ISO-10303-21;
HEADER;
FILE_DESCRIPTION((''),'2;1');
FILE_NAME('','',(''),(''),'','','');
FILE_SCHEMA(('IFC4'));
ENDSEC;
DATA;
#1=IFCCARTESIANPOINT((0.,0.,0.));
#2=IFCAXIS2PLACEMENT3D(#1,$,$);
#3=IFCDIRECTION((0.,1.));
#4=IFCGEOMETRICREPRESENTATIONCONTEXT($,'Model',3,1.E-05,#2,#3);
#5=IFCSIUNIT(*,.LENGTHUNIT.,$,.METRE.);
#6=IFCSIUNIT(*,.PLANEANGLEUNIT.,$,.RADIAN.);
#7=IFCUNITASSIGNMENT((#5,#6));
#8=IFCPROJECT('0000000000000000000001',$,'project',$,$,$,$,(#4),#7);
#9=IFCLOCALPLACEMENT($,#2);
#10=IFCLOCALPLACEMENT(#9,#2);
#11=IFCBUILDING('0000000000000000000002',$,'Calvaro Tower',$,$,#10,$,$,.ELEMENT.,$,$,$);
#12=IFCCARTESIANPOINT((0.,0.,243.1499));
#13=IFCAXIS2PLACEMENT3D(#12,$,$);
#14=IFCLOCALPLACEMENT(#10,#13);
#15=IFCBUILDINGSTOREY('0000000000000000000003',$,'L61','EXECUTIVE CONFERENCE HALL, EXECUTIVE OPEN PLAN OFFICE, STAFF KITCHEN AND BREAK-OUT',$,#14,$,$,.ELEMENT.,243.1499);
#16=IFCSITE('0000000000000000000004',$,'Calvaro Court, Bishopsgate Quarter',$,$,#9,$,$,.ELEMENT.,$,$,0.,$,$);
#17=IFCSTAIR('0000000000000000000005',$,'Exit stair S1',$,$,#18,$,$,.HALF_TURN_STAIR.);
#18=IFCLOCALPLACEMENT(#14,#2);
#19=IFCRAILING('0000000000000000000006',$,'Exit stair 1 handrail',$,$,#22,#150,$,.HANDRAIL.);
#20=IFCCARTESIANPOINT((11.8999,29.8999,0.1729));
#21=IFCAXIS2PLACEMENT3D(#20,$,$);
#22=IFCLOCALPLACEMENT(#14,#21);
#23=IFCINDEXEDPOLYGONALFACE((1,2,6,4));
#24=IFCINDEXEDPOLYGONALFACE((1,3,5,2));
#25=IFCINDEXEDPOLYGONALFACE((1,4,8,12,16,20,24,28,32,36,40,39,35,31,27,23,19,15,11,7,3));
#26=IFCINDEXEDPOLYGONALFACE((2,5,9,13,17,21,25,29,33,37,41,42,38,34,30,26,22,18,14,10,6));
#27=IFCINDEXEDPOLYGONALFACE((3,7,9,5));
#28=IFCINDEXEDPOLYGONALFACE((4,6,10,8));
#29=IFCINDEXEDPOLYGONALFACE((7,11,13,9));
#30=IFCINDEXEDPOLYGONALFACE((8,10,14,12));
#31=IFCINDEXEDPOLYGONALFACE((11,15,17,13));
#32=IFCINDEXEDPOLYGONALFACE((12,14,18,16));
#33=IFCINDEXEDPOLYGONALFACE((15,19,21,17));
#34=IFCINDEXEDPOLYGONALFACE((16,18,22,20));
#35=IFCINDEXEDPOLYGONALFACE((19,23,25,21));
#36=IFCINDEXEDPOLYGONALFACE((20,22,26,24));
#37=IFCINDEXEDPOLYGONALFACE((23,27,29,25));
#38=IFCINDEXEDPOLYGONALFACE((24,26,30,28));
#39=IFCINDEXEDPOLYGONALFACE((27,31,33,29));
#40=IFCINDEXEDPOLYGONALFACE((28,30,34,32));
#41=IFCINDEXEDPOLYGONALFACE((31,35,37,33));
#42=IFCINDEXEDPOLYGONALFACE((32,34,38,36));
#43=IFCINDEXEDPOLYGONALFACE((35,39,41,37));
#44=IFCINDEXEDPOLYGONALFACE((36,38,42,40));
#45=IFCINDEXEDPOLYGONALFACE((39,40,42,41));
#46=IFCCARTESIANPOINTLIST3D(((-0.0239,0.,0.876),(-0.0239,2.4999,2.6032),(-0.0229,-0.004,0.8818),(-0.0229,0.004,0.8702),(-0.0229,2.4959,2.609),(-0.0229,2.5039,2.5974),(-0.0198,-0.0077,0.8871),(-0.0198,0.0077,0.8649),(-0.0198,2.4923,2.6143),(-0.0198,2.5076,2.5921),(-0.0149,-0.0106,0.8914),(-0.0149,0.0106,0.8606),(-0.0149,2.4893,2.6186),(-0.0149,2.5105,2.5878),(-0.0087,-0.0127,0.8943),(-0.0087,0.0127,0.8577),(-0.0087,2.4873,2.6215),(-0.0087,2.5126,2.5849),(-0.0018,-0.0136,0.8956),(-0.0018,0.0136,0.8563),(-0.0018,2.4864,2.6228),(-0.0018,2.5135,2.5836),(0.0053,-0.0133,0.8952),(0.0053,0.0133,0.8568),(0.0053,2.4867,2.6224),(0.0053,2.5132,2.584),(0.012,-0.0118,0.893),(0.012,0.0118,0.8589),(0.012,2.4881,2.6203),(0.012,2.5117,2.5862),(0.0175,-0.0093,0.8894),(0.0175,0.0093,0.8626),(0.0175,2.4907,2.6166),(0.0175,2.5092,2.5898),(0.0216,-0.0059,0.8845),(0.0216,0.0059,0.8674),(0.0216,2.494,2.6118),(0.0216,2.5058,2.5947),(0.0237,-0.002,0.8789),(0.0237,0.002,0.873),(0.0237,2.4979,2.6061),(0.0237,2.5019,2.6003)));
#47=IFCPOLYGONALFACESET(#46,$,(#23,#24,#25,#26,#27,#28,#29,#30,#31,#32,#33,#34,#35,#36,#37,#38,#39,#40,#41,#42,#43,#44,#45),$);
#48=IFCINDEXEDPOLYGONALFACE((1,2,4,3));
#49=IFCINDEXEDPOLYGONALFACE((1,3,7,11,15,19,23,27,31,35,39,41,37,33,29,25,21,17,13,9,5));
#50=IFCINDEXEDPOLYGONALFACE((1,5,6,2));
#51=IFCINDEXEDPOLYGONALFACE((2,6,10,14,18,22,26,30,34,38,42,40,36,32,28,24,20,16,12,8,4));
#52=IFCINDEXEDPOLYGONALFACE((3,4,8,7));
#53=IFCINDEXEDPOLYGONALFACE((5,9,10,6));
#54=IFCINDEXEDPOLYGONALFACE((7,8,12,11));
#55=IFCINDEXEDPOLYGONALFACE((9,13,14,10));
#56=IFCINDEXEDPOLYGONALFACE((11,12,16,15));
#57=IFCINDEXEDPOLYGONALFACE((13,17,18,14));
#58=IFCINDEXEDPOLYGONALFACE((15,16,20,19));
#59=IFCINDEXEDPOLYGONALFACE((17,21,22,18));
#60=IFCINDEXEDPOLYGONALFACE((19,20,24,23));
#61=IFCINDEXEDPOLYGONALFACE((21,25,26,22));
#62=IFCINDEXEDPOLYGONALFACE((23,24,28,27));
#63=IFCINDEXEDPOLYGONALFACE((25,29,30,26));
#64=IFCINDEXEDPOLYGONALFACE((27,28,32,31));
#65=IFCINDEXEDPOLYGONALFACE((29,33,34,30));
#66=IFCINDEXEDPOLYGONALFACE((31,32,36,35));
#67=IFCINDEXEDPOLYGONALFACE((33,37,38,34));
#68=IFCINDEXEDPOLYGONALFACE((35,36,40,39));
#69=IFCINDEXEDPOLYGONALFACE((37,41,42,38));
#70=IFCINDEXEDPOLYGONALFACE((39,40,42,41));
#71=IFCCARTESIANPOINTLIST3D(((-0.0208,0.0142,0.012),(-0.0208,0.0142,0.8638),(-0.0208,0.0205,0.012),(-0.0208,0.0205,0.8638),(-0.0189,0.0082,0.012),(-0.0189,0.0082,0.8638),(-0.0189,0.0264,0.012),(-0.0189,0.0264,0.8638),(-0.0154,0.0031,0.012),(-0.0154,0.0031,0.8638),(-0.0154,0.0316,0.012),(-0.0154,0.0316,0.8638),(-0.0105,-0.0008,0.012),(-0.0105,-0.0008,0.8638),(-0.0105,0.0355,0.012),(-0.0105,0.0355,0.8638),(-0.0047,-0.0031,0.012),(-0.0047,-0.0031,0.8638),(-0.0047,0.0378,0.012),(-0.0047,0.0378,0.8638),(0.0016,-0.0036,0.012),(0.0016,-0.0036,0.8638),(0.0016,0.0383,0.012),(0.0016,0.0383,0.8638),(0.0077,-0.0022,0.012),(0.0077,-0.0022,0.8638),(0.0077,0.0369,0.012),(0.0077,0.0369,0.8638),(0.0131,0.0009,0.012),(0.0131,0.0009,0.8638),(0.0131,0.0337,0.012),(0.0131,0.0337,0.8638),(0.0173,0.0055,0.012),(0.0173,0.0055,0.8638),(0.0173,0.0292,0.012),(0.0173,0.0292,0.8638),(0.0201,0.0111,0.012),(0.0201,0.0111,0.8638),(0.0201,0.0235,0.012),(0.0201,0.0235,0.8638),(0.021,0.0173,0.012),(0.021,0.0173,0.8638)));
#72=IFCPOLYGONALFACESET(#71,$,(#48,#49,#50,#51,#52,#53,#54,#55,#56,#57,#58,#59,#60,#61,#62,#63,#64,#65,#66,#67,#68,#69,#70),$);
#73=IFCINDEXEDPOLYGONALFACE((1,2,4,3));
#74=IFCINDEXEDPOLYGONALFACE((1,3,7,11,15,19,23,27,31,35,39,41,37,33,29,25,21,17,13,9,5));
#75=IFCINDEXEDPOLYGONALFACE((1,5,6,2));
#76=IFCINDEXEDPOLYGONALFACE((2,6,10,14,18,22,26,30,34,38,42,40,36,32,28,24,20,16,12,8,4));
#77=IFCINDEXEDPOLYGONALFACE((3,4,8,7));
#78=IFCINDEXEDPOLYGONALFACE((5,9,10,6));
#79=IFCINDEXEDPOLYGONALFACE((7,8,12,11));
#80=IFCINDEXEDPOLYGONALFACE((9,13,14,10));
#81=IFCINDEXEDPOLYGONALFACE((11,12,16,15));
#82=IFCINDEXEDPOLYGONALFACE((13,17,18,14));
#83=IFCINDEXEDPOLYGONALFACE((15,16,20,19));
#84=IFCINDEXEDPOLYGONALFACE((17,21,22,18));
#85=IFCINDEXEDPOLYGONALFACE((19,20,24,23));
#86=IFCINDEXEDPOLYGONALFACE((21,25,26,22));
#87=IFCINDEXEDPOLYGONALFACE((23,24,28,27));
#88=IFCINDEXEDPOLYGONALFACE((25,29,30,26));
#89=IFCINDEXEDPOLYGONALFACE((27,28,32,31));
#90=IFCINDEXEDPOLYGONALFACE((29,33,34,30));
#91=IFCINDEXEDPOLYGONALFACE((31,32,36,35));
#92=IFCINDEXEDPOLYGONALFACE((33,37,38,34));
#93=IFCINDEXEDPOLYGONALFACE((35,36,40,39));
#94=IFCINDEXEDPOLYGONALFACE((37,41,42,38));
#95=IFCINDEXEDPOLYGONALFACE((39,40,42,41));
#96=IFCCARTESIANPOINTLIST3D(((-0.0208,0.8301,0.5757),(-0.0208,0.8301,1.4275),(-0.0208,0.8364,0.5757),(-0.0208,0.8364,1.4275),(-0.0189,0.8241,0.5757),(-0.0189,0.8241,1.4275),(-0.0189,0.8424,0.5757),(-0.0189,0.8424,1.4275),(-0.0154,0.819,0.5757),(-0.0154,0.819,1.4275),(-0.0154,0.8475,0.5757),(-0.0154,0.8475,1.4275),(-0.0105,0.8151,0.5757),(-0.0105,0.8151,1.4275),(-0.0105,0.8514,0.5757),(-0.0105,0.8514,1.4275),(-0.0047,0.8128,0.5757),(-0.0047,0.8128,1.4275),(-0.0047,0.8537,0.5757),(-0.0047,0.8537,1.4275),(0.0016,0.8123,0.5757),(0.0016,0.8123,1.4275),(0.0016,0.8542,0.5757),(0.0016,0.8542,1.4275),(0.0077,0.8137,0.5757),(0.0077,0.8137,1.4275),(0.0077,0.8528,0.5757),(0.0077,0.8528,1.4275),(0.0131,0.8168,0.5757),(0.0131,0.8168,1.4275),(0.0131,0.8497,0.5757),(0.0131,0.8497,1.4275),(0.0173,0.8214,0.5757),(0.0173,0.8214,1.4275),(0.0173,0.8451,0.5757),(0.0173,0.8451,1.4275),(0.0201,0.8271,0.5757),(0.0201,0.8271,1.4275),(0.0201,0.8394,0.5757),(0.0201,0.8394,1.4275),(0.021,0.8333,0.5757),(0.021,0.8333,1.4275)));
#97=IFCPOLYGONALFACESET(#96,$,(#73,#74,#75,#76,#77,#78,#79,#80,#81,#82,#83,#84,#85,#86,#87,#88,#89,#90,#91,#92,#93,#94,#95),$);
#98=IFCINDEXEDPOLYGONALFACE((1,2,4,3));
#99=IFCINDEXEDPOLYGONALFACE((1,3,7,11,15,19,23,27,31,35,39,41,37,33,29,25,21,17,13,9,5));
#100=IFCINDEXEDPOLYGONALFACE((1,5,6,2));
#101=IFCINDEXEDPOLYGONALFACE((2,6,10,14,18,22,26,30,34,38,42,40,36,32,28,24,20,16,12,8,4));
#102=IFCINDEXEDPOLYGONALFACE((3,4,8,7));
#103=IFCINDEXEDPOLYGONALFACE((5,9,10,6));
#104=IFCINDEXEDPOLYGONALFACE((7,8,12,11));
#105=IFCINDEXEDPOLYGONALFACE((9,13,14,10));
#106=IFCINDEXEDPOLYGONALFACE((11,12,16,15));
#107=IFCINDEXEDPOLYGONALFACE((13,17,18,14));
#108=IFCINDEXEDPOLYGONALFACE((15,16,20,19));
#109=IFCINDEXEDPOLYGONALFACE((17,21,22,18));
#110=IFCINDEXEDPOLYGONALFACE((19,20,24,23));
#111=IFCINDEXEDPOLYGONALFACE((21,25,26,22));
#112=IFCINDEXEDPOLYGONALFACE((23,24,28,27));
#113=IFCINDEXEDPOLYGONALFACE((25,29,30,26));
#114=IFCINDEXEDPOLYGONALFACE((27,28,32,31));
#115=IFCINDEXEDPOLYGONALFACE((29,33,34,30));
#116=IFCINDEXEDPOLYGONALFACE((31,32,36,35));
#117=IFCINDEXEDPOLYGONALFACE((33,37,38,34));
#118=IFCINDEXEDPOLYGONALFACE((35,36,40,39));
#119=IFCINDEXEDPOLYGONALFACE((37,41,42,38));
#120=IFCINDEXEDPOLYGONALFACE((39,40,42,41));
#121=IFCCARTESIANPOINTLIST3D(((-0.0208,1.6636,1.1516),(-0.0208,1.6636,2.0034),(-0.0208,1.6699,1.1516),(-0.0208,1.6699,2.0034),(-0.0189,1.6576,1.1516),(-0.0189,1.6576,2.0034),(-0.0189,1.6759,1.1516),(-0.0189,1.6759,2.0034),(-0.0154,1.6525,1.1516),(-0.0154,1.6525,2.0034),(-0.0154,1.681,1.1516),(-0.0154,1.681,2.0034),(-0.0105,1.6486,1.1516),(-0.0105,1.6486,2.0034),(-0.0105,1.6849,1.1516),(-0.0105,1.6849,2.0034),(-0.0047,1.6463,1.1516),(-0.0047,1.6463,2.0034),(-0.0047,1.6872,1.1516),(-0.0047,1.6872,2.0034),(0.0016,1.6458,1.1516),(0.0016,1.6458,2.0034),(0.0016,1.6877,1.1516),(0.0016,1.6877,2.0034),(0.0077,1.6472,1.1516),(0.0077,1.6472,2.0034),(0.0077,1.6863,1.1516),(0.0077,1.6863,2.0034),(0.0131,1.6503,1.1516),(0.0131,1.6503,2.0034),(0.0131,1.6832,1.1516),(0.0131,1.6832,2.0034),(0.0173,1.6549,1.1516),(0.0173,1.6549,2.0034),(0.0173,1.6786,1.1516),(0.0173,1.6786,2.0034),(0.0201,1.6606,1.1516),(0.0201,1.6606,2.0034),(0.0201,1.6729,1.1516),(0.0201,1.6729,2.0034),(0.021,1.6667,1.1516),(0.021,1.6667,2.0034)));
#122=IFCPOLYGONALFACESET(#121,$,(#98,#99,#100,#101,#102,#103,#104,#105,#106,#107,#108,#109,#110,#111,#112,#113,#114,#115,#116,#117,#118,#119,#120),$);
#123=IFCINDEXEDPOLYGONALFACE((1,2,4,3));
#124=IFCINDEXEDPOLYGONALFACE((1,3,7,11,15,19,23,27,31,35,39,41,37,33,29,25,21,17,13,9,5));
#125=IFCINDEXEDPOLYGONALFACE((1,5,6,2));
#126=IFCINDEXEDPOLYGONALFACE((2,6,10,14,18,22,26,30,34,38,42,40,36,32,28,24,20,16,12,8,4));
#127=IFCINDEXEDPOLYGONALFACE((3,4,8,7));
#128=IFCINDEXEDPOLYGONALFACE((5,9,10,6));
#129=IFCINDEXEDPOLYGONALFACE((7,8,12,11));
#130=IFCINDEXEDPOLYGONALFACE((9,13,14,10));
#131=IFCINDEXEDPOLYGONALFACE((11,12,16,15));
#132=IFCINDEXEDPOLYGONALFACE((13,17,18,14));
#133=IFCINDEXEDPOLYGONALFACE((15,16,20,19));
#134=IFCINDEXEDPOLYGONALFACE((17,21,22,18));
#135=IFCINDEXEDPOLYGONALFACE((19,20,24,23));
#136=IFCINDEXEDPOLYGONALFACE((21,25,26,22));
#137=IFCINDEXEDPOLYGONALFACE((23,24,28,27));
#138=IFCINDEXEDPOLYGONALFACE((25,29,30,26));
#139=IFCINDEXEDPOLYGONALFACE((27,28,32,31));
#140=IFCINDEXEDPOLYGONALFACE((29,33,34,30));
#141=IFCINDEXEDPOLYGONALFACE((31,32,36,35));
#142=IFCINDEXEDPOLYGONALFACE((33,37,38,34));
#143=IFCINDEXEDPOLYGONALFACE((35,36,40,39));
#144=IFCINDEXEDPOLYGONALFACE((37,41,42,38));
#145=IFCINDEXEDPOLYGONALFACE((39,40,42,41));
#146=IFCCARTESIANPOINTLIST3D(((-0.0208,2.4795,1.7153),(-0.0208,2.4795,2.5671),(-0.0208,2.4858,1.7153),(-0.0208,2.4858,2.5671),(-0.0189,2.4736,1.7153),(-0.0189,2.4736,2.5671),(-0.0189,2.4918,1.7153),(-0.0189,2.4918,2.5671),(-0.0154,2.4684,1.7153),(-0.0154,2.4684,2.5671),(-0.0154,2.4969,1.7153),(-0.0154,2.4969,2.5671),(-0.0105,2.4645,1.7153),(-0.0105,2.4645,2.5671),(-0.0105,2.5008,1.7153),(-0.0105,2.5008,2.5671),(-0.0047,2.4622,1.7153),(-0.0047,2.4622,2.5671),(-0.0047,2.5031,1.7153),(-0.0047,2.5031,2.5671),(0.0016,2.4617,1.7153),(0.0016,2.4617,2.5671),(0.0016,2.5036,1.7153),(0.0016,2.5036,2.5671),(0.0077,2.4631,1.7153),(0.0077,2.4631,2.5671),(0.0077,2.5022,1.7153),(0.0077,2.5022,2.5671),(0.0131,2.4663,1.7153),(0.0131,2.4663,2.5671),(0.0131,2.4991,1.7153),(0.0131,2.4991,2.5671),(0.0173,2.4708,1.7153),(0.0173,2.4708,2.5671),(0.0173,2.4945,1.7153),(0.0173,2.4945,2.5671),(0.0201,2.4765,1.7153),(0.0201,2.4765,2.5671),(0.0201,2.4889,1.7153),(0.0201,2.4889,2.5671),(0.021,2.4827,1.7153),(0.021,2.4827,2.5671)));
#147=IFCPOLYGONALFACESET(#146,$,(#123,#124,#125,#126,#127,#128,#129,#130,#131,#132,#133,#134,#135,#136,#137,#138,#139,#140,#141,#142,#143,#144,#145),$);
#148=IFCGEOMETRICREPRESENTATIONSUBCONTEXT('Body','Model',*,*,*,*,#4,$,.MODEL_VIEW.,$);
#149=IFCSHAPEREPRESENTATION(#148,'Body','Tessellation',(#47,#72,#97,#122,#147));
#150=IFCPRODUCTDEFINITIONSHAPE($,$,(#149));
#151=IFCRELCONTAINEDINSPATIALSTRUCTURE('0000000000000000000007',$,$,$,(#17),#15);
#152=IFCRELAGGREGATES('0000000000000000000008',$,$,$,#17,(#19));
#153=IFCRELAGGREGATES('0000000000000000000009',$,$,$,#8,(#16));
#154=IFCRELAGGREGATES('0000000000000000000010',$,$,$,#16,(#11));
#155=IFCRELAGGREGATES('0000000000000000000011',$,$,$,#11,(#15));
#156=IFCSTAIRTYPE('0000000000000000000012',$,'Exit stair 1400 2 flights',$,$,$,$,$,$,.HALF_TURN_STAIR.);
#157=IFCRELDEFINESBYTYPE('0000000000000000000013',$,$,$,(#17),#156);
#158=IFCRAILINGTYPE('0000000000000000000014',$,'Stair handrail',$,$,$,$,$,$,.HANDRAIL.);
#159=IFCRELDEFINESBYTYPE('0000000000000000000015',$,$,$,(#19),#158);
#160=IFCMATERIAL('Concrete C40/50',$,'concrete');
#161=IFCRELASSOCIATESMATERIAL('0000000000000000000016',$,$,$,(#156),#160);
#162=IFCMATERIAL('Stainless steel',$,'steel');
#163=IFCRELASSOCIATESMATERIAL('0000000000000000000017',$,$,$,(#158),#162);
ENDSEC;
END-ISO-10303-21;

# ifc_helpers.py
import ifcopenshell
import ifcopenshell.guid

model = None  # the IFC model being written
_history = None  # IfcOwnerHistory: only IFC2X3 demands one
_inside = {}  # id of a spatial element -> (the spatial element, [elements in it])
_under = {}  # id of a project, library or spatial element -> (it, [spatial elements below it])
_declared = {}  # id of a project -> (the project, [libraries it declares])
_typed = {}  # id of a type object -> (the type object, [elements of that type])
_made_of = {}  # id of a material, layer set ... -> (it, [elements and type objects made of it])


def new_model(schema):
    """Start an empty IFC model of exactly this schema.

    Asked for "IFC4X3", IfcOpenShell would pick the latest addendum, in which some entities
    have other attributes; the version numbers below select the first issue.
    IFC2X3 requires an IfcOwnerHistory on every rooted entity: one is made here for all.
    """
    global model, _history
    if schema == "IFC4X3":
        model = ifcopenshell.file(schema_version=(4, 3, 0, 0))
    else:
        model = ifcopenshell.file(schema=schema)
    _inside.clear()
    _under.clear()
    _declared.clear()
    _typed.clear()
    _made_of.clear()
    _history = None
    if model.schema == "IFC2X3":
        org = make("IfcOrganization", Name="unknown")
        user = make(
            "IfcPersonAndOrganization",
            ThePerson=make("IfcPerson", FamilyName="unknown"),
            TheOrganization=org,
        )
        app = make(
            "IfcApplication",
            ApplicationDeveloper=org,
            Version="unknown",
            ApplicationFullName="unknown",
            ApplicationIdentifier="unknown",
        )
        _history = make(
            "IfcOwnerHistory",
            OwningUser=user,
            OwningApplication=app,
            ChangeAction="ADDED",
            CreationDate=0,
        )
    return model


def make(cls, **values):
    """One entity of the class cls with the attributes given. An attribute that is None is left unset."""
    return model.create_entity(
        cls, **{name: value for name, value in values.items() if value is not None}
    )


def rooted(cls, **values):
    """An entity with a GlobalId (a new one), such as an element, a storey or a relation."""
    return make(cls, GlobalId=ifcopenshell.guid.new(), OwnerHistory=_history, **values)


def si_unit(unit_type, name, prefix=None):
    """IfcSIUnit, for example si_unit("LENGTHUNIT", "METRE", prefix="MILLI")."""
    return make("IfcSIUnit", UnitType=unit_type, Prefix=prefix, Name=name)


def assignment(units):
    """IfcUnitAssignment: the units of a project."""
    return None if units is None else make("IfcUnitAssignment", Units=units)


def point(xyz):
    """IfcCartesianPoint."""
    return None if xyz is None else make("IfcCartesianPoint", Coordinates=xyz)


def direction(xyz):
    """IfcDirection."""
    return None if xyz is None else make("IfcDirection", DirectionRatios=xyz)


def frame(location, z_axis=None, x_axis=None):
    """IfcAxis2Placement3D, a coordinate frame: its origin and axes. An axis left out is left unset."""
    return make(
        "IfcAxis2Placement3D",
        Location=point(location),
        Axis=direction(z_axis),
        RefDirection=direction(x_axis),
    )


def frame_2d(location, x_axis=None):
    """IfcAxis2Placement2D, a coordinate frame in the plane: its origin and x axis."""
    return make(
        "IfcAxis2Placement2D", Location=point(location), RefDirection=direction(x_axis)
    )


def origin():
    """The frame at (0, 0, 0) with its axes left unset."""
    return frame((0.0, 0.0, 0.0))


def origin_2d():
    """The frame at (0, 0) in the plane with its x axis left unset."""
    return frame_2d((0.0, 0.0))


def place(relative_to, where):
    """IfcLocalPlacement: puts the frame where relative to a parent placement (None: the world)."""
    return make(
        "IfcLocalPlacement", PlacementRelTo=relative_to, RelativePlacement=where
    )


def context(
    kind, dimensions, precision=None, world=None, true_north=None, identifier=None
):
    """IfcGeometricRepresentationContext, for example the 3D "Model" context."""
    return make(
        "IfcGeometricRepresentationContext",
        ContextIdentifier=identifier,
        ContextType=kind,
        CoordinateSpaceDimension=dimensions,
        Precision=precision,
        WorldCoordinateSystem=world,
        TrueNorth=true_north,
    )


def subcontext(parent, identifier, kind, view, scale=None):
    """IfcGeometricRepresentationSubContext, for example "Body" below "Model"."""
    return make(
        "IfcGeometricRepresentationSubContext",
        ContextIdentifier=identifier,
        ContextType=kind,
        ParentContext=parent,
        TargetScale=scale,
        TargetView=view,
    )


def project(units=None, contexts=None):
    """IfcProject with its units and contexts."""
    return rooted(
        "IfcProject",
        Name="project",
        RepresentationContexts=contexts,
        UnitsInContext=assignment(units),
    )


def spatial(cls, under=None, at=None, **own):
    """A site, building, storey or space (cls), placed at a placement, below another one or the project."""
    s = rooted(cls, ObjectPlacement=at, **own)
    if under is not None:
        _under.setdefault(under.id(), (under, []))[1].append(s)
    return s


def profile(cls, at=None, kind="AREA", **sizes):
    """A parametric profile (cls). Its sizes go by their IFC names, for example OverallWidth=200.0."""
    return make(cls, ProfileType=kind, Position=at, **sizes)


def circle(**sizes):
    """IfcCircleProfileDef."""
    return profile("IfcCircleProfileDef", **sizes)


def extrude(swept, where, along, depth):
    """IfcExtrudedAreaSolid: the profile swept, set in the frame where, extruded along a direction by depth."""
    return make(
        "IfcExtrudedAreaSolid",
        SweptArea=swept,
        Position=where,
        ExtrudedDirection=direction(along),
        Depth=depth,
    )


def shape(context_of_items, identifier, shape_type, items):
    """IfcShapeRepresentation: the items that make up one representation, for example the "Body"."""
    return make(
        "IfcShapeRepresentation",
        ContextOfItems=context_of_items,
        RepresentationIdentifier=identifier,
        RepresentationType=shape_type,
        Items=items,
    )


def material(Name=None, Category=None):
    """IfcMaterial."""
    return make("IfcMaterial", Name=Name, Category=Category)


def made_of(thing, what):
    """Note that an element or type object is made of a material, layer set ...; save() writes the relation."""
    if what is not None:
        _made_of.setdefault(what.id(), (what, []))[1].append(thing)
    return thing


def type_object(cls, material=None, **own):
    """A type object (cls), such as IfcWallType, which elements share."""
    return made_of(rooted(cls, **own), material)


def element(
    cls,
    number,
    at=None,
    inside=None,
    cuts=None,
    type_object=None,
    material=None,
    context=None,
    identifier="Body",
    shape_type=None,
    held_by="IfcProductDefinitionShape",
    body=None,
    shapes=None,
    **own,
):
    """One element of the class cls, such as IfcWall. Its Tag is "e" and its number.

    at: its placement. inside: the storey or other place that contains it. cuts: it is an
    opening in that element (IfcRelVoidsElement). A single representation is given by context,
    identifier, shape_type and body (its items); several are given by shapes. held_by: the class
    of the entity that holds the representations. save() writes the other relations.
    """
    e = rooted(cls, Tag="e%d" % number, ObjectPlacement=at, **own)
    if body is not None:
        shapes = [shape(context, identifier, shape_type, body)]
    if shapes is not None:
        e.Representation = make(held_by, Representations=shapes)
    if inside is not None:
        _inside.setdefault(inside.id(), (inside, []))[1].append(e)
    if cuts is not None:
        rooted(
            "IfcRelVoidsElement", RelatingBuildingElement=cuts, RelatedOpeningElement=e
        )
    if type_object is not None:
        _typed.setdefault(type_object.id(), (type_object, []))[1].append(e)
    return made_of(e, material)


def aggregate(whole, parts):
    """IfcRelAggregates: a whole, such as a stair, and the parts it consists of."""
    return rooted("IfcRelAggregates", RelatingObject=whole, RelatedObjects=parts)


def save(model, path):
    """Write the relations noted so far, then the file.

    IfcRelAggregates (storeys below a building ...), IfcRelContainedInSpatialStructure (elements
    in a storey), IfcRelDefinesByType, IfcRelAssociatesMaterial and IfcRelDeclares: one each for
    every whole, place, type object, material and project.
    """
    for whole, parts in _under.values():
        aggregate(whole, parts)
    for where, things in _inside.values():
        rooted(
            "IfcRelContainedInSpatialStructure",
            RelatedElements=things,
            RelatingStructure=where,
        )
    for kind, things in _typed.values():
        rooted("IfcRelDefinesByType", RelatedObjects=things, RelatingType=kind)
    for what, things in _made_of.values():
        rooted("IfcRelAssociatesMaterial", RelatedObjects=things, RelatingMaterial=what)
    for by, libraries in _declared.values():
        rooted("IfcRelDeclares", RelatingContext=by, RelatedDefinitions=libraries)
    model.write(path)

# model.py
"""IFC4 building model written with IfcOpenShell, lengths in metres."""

from ifc_helpers import new_model, si_unit, direction, frame, origin, origin_2d, place, context, subcontext, project, spatial, circle, extrude, material, type_object, element, aggregate, save


model = new_model("IFC4")

# Units and contexts
model_context = context("Model", 3, precision=1e-05, world=origin(), true_north=direction((0.0, 1.0)))
body_context = subcontext(model_context, "Body", "Model", "MODEL_VIEW")
ifc_project = project(units=[si_unit("LENGTHUNIT", "METRE"), si_unit("PLANEANGLEUNIT", "RADIAN")], contexts=[model_context])

# Site, building, storey
site_placement = place(None, origin())
site = spatial("IfcSite", under=ifc_project, at=site_placement, Name="Calvaro Court, Bishopsgate Quarter", CompositionType="ELEMENT", RefElevation=0.0)
building_placement = place(site_placement, origin())
building = spatial("IfcBuilding", under=site, at=building_placement, Name="Calvaro Tower", CompositionType="ELEMENT")
storey_placement = place(building_placement, frame((0.0, 0.0, 243.1499)))
storey = spatial("IfcBuildingStorey", under=building, at=storey_placement, Name="L61", Description="EXECUTIVE CONFERENCE HALL, EXECUTIVE OPEN PLAN OFFICE, STAFF KITCHEN AND BREAK-OUT", CompositionType="ELEMENT", Elevation=243.1499)

# Stair, railing
ifc_material_1 = material(Name="Concrete C40/50", Category="concrete")
stair_type = type_object("IfcStairType", Name="Exit stair 1400 2 flights", PredefinedType="HALF_TURN_STAIR", material=ifc_material_1)
stair_placement = place(storey_placement, origin())
stair = element("IfcStair", 1, at=stair_placement, inside=storey, type_object=stair_type, Name="Exit stair S1", PredefinedType="HALF_TURN_STAIR")
ifc_material_2 = material(Name="Stainless steel", Category="steel")
railing_type = type_object("IfcRailingType", Name="Stair handrail", PredefinedType="HANDRAIL", material=ifc_material_2)
railing_1_placement = place(storey_placement, frame((11.8999, 29.8999, 0.1729)))
railing_1 = element("IfcRailing", 2, at=railing_1_placement, type_object=railing_type, Name="Exit stair 1 handrail", PredefinedType="HANDRAIL", context=body_context, shape_type="SweptSolid", body=[
    extrude(circle(Radius=0.0239, at=origin_2d()), frame((0.0, 0.0, 0.876), z_axis=(0.0, 0.822727, 0.568437), x_axis=(-1.0, 0.0, 0.0)), (0.0, 0.0, 1.0), 3.0386),
    extrude(circle(Radius=0.021, at=origin_2d()), frame((0.0, 0.0173, 0.012)), (0.0, 0.0, 1.0), 0.8518),
    extrude(circle(Radius=0.021, at=origin_2d()), frame((0.0, 0.8333, 0.5757)), (0.0, 0.0, 1.0), 0.8518),
    extrude(circle(Radius=0.021, at=origin_2d()), frame((0.0, 1.6667, 1.1516)), (0.0, 0.0, 1.0), 0.8518),
    extrude(circle(Radius=0.021, at=origin_2d()), frame((0.0, 2.4827, 1.7153)), (0.0, 0.0, 1.0), 0.8518),
])
aggregate(stair, [railing_1])

save(model, "model.ifc")
